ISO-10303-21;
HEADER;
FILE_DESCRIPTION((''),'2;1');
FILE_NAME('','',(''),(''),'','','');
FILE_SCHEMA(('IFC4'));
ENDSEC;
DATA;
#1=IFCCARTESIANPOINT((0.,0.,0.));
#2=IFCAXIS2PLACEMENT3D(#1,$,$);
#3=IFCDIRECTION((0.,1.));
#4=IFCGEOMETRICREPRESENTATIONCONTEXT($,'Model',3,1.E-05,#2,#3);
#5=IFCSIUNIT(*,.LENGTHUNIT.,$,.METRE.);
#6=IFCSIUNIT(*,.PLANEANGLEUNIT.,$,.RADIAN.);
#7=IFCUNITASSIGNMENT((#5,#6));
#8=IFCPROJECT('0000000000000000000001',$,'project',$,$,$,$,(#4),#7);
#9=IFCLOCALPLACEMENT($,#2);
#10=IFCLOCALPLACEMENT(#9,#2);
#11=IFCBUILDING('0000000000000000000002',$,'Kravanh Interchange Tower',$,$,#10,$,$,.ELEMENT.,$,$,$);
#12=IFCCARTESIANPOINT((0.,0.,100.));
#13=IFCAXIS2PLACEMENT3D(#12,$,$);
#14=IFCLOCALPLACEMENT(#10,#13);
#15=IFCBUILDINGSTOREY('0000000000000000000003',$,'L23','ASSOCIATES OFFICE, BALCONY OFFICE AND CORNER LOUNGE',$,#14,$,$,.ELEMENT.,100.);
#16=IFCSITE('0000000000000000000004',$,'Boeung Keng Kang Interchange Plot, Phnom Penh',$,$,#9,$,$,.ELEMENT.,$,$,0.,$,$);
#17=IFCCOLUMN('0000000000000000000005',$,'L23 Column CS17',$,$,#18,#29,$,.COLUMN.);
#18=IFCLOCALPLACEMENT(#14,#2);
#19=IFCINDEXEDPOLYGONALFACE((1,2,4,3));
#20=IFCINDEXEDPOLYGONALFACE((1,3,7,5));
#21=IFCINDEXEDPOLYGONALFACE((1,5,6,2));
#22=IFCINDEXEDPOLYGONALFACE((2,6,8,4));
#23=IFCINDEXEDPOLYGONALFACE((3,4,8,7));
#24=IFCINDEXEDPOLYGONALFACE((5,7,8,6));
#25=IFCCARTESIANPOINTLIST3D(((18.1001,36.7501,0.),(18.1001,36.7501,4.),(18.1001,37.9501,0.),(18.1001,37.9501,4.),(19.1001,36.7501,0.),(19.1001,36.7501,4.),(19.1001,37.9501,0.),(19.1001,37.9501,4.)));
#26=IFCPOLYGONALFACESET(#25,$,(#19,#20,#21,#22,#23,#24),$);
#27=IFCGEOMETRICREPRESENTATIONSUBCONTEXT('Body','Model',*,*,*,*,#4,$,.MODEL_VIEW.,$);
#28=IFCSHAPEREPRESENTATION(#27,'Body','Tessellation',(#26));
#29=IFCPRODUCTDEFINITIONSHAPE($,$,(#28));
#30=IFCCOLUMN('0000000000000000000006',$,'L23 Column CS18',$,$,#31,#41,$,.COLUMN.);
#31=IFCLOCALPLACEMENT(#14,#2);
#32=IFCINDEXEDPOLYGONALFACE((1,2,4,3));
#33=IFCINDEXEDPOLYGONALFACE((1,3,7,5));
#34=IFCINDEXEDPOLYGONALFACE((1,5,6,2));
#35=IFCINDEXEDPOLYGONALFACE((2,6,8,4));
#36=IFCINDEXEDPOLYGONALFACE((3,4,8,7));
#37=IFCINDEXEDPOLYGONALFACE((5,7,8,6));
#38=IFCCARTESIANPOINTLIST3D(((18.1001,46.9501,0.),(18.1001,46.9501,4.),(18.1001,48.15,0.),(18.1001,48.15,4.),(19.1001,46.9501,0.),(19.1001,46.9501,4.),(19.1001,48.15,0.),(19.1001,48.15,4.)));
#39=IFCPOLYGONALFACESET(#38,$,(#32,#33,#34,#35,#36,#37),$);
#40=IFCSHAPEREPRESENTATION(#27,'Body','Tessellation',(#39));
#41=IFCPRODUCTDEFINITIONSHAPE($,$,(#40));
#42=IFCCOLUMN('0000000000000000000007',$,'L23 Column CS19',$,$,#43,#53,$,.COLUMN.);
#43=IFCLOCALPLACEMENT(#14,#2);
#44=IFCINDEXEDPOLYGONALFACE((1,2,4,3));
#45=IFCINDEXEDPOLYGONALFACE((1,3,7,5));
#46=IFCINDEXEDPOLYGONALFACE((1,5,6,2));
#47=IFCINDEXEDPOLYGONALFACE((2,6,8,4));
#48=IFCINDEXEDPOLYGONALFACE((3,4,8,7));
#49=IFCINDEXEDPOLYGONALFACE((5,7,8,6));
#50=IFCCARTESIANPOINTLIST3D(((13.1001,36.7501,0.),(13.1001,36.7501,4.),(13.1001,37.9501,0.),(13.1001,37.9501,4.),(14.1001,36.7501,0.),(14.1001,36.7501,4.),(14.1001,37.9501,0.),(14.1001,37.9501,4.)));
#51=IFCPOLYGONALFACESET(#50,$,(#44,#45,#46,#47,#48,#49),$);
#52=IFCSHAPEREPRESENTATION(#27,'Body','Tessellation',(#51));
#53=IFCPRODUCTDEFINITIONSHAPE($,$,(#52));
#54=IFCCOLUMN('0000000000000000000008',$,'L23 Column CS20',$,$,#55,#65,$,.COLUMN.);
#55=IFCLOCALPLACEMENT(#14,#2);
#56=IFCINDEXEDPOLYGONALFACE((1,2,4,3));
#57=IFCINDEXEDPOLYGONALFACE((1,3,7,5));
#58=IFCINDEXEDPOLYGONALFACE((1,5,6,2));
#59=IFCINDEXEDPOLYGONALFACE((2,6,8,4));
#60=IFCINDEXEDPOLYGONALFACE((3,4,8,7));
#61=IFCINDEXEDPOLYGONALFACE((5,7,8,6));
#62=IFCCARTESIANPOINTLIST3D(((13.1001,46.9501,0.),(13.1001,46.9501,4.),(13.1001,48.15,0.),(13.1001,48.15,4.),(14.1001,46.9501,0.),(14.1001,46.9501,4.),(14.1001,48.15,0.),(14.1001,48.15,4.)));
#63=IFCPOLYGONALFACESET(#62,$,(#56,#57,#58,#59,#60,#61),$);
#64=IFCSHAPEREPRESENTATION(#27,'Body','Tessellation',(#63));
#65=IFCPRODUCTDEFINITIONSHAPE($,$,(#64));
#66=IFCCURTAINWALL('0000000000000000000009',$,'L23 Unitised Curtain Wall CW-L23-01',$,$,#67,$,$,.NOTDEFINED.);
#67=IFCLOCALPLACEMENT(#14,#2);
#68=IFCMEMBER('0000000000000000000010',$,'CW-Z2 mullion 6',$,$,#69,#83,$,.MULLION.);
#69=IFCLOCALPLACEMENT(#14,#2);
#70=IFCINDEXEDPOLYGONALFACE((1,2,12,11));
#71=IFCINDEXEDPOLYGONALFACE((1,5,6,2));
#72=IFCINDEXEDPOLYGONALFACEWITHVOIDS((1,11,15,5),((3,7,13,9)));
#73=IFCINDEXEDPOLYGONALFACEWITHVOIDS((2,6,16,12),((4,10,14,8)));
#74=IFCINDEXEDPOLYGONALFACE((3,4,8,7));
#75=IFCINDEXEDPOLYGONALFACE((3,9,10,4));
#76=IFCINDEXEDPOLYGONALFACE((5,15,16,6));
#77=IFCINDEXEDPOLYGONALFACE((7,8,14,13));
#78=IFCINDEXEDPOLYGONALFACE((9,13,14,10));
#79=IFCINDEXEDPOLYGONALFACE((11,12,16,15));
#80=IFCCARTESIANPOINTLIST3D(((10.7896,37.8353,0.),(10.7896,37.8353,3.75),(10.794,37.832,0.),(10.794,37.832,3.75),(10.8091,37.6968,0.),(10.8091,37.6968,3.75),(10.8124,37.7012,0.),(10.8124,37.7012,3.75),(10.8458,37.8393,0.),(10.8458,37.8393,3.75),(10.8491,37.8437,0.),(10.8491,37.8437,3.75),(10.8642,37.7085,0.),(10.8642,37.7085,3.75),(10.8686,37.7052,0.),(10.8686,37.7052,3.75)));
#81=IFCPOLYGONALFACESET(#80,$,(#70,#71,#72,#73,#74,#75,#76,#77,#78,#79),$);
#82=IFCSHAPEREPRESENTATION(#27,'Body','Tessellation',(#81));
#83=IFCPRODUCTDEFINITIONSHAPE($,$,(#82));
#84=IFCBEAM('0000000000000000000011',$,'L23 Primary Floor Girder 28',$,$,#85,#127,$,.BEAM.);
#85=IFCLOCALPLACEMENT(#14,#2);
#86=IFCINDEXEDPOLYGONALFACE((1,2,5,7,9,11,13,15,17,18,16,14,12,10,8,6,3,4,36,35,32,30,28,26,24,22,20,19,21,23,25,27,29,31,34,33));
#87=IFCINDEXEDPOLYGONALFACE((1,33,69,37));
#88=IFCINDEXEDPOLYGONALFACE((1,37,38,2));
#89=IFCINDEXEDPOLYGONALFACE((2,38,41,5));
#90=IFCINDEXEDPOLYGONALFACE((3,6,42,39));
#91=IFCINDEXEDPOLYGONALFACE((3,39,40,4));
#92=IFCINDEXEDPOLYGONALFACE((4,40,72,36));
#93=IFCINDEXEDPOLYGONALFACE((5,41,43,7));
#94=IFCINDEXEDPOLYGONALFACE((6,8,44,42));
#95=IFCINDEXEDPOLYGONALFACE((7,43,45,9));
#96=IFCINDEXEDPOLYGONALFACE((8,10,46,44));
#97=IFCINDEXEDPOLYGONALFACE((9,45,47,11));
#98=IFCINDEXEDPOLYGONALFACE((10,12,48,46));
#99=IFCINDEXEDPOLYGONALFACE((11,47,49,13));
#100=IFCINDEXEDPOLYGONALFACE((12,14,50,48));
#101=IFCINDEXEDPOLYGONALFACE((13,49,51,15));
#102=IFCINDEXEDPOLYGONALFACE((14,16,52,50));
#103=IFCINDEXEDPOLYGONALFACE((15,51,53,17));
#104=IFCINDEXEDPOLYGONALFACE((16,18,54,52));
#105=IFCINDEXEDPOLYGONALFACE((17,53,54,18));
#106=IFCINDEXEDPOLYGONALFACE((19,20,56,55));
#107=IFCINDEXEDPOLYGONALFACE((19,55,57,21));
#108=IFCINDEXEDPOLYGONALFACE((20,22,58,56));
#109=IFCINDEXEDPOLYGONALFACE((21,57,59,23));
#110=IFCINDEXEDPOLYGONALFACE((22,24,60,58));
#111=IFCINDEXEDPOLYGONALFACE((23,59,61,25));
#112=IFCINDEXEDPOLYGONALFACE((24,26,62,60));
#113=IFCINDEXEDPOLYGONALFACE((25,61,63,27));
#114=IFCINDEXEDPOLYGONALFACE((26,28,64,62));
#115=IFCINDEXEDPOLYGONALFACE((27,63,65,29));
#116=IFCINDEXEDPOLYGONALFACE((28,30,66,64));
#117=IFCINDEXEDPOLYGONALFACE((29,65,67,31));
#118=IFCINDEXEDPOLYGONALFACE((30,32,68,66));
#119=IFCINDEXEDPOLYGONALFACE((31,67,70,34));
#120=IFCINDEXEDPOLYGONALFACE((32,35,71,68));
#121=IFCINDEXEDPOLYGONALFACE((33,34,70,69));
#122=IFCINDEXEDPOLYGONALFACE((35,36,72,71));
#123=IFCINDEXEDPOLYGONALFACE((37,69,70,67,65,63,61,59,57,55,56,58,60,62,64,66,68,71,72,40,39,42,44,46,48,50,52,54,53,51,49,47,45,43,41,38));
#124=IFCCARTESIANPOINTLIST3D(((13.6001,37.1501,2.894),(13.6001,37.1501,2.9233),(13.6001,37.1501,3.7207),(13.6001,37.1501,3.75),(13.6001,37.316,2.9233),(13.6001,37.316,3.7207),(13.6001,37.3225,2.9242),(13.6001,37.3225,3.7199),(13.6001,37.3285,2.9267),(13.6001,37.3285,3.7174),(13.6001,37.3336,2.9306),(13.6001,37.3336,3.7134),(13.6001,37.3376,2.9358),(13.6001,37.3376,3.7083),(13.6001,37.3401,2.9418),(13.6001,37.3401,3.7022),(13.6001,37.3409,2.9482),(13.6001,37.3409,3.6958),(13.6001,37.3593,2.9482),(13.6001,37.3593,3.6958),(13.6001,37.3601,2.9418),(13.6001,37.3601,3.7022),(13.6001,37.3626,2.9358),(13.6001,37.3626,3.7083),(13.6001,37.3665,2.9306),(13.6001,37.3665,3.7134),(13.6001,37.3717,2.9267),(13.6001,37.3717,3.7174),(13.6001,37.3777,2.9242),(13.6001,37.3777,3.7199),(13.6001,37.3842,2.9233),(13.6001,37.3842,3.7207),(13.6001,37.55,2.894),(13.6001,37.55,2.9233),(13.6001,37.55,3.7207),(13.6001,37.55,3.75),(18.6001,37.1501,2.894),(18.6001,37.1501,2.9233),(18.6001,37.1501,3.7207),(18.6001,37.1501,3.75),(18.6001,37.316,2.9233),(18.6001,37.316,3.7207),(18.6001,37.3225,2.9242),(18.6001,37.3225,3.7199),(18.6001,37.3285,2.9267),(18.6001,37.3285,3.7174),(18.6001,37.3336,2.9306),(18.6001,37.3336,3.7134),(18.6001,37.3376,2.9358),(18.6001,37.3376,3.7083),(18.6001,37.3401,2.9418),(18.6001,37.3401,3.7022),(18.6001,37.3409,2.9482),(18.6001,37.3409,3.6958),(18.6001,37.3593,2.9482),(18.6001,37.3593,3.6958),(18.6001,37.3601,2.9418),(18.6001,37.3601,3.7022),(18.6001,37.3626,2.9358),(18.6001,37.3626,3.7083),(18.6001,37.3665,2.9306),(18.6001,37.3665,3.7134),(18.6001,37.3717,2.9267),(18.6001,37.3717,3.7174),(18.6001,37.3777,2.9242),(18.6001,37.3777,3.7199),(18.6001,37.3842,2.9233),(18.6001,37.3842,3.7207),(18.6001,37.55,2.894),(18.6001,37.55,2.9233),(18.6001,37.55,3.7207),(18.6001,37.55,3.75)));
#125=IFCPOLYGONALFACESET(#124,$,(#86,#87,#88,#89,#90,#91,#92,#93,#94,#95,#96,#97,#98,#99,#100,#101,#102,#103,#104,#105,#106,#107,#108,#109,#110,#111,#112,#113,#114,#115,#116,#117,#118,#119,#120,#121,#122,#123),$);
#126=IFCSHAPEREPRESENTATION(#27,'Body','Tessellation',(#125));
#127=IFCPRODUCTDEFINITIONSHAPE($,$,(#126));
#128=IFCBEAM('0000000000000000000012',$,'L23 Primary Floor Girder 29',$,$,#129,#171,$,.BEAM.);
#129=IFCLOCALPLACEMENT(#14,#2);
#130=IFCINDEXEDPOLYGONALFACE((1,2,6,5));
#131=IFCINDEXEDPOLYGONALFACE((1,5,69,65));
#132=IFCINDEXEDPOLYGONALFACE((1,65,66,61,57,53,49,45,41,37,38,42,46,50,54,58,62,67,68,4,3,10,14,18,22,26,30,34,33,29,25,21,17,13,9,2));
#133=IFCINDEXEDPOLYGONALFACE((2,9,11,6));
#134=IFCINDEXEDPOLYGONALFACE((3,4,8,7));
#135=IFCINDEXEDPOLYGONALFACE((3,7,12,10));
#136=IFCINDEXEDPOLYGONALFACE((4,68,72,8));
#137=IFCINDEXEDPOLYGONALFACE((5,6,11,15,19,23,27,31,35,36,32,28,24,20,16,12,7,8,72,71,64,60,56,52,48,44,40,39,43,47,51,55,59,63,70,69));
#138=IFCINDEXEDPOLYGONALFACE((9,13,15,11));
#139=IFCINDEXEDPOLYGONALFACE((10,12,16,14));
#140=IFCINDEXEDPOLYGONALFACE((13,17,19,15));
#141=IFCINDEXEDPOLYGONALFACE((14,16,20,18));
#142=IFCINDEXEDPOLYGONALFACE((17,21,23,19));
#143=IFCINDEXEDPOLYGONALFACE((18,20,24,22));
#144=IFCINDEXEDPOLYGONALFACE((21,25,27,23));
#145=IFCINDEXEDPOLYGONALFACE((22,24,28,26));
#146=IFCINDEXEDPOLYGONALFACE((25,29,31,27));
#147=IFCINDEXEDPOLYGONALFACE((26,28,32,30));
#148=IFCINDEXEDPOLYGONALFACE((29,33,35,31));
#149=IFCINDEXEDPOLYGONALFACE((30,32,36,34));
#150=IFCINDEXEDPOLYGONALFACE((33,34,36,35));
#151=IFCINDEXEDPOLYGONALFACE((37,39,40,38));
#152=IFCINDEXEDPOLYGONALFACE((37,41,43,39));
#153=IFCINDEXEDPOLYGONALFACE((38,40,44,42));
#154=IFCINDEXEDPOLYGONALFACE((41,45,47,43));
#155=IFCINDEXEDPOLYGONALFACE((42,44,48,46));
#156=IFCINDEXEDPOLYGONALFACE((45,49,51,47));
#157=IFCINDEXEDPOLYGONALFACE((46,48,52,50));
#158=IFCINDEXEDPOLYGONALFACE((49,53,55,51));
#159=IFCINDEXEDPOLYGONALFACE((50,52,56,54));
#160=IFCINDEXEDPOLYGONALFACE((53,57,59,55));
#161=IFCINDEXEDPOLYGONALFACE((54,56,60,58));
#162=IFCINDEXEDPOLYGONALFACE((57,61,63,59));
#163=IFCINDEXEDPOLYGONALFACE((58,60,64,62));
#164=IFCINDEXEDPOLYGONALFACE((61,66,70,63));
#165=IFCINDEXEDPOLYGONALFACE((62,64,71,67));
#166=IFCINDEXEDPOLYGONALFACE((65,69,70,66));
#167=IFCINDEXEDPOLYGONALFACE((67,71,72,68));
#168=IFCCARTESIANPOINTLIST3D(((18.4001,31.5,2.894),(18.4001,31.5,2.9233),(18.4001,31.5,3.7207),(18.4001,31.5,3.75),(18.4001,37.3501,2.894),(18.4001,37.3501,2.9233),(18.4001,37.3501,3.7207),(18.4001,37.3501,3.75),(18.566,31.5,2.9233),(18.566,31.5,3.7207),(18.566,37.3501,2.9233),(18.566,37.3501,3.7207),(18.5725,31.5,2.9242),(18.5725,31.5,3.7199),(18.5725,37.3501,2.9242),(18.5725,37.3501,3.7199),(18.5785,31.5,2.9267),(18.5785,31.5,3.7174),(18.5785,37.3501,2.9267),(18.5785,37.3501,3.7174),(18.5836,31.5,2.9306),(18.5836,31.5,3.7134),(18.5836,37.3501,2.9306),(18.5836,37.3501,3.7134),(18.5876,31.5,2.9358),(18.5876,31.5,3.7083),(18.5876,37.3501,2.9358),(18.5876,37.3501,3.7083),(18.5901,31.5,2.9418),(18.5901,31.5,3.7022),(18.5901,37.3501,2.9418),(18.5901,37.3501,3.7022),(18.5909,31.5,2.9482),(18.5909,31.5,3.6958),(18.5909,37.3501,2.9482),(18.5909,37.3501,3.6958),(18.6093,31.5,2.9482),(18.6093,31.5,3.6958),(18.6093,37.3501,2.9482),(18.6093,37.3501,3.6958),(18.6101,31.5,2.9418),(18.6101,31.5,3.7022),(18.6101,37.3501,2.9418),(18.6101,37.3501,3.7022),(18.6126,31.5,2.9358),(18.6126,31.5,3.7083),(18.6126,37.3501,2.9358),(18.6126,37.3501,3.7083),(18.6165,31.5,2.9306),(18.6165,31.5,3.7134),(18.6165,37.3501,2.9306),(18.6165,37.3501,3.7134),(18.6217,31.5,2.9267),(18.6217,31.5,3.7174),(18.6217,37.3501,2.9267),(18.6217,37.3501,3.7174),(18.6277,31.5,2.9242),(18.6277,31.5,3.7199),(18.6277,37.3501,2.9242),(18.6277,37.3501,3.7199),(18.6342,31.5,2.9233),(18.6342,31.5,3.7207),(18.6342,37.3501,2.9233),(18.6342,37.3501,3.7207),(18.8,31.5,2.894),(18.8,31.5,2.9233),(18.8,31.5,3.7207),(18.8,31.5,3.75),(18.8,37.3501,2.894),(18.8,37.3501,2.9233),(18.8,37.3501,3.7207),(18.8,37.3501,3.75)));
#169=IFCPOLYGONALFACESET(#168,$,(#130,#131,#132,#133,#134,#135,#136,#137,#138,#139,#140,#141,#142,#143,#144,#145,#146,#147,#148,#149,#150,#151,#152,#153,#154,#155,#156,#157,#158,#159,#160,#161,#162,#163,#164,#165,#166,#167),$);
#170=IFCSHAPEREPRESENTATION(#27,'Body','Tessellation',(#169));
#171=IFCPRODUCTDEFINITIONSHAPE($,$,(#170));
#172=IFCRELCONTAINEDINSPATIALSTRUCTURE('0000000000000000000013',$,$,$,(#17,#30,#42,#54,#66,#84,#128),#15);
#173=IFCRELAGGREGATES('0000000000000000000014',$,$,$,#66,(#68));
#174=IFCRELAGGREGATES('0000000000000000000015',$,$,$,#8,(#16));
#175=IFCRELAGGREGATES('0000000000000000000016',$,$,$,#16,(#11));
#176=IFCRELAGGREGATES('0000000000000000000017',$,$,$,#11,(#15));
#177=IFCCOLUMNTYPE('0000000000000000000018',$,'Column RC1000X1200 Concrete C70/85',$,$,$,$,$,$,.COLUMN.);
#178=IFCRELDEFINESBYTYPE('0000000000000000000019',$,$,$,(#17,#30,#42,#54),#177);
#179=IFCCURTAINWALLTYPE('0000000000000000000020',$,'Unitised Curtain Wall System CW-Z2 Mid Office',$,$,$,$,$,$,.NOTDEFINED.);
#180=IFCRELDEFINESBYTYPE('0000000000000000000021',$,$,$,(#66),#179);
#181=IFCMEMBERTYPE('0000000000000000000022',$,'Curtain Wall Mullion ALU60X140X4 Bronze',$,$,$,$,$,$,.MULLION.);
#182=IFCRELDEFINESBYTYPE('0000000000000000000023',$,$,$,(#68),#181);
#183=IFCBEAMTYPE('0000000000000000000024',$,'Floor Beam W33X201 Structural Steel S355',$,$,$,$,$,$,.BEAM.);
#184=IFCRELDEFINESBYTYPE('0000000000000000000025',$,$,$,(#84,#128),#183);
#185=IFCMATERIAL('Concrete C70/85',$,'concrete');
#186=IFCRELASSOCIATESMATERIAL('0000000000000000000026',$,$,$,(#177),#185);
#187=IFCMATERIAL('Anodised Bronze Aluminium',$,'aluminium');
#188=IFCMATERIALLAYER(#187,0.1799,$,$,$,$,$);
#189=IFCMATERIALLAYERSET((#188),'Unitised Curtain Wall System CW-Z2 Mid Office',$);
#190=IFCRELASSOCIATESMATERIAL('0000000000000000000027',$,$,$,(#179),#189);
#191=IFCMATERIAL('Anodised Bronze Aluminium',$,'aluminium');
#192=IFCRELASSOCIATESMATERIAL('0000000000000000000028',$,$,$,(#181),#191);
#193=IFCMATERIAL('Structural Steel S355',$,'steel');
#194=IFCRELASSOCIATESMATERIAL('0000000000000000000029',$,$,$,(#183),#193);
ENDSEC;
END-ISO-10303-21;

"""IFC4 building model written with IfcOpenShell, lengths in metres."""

from ifc_helpers import new_model, si_unit, direction, frame, origin, origin_2d, place, context, subcontext, project, spatial, rectangle, hollow_rectangle, i_section, extrude, material, layer, layer_set, material_profile, profile_set, type_object, element, aggregate, save


model = new_model("IFC4")

# Units and contexts
model_context = context("Model", 3, precision=1e-05, world=origin(), true_north=direction((0.0, 1.0)))
body_context = subcontext(model_context, "Body", "Model", "MODEL_VIEW")
ifc_project = project(units=[si_unit("LENGTHUNIT", "METRE"), si_unit("PLANEANGLEUNIT", "RADIAN")], contexts=[model_context])

# Site, building, storey
site_placement = place(None, origin())
site = spatial("IfcSite", under=ifc_project, at=site_placement, Name="Boeung Keng Kang Interchange Plot, Phnom Penh", CompositionType="ELEMENT", RefElevation=0.0)
building_placement = place(site_placement, origin())
building = spatial("IfcBuilding", under=site, at=building_placement, Name="Kravanh Interchange Tower", CompositionType="ELEMENT")
storey_placement = place(building_placement, frame((0.0, 0.0, 100.0)))
storey = spatial("IfcBuildingStorey", under=building, at=storey_placement, Name="L23", Description="ASSOCIATES OFFICE, BALCONY OFFICE AND CORNER LOUNGE", CompositionType="ELEMENT", Elevation=100.0)

# Columns
ifc_material_1 = material(Name="Concrete C70/85", Category="concrete")
ifc_material_profile_1 = material_profile(ifc_material_1, rectangle(XDim=1.0, YDim=1.2, at=origin_2d()), Name="RC1000X1200")
ifc_profile_set_1 = profile_set([ifc_material_profile_1], Name="Concrete C70/85")
column_type = type_object("IfcColumnType", Name="Column RC1000X1200 Concrete C70/85", PredefinedType="COLUMN", material=ifc_profile_set_1)
for number, where, z_axis, x_axis, name in (
    (1, (18.6001, 37.3501, 0.0), (0.0, 0.0, 1.0), (1.0, 0.0, 0.0), "L23 Column CS17"),
    (2, (18.6001, 47.55, 0.0), (0.0, 0.0, 1.0), (1.0, 0.0, 0.0), "L23 Column CS18"),
    (3, (13.6001, 37.3501, 0.0), (0.0, 0.0, 1.0), (1.0, 0.0, 0.0), "L23 Column CS19"),
    (4, (13.6001, 47.55, 0.0), (0.0, 0.0, 1.0), (1.0, 0.0, 0.0), "L23 Column CS20"),
):
    element("IfcColumn", number, at=place(storey_placement, frame(where, z_axis=z_axis, x_axis=x_axis)), inside=storey, type_object=column_type, Name=name, PredefinedType="COLUMN", context=body_context, shape_type="SweptSolid", body=[
        extrude(rectangle(XDim=1.0, YDim=1.2, at=origin_2d()), origin(), (0.0, 0.0, 1.0), 4.0),
    ])

# Curtain wall, member
ifc_material_2 = material(Name="Anodised Bronze Aluminium", Category="aluminium")
ifc_layer_1 = layer(ifc_material_2, 0.1799)
ifc_layer_set_1 = layer_set([ifc_layer_1], Name="Unitised Curtain Wall System CW-Z2 Mid Office")
curtain_wall_type = type_object("IfcCurtainWallType", Name="Unitised Curtain Wall System CW-Z2 Mid Office", PredefinedType="NOTDEFINED", material=ifc_layer_set_1)
curtain_wall_placement = place(storey_placement, origin())
curtain_wall = element("IfcCurtainWall", 5, at=curtain_wall_placement, inside=storey, type_object=curtain_wall_type, Name="L23 Unitised Curtain Wall CW-L23-01", PredefinedType="NOTDEFINED")
ifc_material_3 = material(Name="Anodised Bronze Aluminium", Category="aluminium")
ifc_material_profile_2 = material_profile(ifc_material_3, hollow_rectangle(XDim=0.0601, YDim=0.1399, WallThickness=0.0039, at=origin_2d()), Name="ALU60X140X4")
ifc_profile_set_2 = profile_set([ifc_material_profile_2], Name="Anodised Bronze Aluminium")
member_type = type_object("IfcMemberType", Name="Curtain Wall Mullion ALU60X140X4 Bronze", PredefinedType="MULLION", material=ifc_profile_set_2)
member_placement = place(storey_placement, frame((10.8291, 37.7703, 0.0), z_axis=(0.0, 0.0, 1.0), x_axis=(-0.990268, -0.139173, 0.0)))
member = element("IfcMember", 6, at=member_placement, type_object=member_type, Name="CW-Z2 mullion 6", PredefinedType="MULLION", context=body_context, shape_type="SweptSolid", body=[
    extrude(hollow_rectangle(XDim=0.0601, YDim=0.1399, WallThickness=0.0039, at=origin_2d()), origin(), (0.0, 0.0, 1.0), 3.75),
])
aggregate(curtain_wall, [member])

# Beams
ifc_material_4 = material(Name="Structural Steel S355", Category="steel")
ifc_material_profile_3 = material_profile(ifc_material_4, i_section(OverallWidth=0.3999, OverallDepth=0.856, WebThickness=0.0183, FlangeThickness=0.0293, FilletRadius=0.0249, at=origin_2d()), Name="W33X201")
ifc_profile_set_3 = profile_set([ifc_material_profile_3], Name="Structural Steel S355")
beam_type = type_object("IfcBeamType", Name="Floor Beam W33X201 Structural Steel S355", PredefinedType="BEAM", material=ifc_profile_set_3)
beam_1_placement = place(storey_placement, frame((18.6001, 37.3501, 3.322), z_axis=(-1.0, 0.0, 0.0), x_axis=(0.0, -1.0, 0.0)))
element("IfcBeam", 7, at=beam_1_placement, inside=storey, type_object=beam_type, Name="L23 Primary Floor Girder 28", PredefinedType="BEAM", context=body_context, shape_type="SweptSolid", body=[
    extrude(i_section(OverallWidth=0.3999, OverallDepth=0.856, WebThickness=0.0183, FlangeThickness=0.0293, FilletRadius=0.0249, at=origin_2d()), origin(), (0.0, 0.0, 1.0), 5.0),
])
beam_2_placement = place(storey_placement, frame((18.6001, 37.3501, 3.322), z_axis=(0.0, -1.0, 0.0), x_axis=(1.0, 0.0, 0.0)))
element("IfcBeam", 8, at=beam_2_placement, inside=storey, type_object=beam_type, Name="L23 Primary Floor Girder 29", PredefinedType="BEAM", context=body_context, shape_type="SweptSolid", body=[
    extrude(i_section(OverallWidth=0.3999, OverallDepth=0.856, WebThickness=0.0183, FlangeThickness=0.0293, FilletRadius=0.0249, at=origin_2d()), origin(), (0.0, 0.0, 1.0), 5.8501),
])

save(model, "model.ifc")
